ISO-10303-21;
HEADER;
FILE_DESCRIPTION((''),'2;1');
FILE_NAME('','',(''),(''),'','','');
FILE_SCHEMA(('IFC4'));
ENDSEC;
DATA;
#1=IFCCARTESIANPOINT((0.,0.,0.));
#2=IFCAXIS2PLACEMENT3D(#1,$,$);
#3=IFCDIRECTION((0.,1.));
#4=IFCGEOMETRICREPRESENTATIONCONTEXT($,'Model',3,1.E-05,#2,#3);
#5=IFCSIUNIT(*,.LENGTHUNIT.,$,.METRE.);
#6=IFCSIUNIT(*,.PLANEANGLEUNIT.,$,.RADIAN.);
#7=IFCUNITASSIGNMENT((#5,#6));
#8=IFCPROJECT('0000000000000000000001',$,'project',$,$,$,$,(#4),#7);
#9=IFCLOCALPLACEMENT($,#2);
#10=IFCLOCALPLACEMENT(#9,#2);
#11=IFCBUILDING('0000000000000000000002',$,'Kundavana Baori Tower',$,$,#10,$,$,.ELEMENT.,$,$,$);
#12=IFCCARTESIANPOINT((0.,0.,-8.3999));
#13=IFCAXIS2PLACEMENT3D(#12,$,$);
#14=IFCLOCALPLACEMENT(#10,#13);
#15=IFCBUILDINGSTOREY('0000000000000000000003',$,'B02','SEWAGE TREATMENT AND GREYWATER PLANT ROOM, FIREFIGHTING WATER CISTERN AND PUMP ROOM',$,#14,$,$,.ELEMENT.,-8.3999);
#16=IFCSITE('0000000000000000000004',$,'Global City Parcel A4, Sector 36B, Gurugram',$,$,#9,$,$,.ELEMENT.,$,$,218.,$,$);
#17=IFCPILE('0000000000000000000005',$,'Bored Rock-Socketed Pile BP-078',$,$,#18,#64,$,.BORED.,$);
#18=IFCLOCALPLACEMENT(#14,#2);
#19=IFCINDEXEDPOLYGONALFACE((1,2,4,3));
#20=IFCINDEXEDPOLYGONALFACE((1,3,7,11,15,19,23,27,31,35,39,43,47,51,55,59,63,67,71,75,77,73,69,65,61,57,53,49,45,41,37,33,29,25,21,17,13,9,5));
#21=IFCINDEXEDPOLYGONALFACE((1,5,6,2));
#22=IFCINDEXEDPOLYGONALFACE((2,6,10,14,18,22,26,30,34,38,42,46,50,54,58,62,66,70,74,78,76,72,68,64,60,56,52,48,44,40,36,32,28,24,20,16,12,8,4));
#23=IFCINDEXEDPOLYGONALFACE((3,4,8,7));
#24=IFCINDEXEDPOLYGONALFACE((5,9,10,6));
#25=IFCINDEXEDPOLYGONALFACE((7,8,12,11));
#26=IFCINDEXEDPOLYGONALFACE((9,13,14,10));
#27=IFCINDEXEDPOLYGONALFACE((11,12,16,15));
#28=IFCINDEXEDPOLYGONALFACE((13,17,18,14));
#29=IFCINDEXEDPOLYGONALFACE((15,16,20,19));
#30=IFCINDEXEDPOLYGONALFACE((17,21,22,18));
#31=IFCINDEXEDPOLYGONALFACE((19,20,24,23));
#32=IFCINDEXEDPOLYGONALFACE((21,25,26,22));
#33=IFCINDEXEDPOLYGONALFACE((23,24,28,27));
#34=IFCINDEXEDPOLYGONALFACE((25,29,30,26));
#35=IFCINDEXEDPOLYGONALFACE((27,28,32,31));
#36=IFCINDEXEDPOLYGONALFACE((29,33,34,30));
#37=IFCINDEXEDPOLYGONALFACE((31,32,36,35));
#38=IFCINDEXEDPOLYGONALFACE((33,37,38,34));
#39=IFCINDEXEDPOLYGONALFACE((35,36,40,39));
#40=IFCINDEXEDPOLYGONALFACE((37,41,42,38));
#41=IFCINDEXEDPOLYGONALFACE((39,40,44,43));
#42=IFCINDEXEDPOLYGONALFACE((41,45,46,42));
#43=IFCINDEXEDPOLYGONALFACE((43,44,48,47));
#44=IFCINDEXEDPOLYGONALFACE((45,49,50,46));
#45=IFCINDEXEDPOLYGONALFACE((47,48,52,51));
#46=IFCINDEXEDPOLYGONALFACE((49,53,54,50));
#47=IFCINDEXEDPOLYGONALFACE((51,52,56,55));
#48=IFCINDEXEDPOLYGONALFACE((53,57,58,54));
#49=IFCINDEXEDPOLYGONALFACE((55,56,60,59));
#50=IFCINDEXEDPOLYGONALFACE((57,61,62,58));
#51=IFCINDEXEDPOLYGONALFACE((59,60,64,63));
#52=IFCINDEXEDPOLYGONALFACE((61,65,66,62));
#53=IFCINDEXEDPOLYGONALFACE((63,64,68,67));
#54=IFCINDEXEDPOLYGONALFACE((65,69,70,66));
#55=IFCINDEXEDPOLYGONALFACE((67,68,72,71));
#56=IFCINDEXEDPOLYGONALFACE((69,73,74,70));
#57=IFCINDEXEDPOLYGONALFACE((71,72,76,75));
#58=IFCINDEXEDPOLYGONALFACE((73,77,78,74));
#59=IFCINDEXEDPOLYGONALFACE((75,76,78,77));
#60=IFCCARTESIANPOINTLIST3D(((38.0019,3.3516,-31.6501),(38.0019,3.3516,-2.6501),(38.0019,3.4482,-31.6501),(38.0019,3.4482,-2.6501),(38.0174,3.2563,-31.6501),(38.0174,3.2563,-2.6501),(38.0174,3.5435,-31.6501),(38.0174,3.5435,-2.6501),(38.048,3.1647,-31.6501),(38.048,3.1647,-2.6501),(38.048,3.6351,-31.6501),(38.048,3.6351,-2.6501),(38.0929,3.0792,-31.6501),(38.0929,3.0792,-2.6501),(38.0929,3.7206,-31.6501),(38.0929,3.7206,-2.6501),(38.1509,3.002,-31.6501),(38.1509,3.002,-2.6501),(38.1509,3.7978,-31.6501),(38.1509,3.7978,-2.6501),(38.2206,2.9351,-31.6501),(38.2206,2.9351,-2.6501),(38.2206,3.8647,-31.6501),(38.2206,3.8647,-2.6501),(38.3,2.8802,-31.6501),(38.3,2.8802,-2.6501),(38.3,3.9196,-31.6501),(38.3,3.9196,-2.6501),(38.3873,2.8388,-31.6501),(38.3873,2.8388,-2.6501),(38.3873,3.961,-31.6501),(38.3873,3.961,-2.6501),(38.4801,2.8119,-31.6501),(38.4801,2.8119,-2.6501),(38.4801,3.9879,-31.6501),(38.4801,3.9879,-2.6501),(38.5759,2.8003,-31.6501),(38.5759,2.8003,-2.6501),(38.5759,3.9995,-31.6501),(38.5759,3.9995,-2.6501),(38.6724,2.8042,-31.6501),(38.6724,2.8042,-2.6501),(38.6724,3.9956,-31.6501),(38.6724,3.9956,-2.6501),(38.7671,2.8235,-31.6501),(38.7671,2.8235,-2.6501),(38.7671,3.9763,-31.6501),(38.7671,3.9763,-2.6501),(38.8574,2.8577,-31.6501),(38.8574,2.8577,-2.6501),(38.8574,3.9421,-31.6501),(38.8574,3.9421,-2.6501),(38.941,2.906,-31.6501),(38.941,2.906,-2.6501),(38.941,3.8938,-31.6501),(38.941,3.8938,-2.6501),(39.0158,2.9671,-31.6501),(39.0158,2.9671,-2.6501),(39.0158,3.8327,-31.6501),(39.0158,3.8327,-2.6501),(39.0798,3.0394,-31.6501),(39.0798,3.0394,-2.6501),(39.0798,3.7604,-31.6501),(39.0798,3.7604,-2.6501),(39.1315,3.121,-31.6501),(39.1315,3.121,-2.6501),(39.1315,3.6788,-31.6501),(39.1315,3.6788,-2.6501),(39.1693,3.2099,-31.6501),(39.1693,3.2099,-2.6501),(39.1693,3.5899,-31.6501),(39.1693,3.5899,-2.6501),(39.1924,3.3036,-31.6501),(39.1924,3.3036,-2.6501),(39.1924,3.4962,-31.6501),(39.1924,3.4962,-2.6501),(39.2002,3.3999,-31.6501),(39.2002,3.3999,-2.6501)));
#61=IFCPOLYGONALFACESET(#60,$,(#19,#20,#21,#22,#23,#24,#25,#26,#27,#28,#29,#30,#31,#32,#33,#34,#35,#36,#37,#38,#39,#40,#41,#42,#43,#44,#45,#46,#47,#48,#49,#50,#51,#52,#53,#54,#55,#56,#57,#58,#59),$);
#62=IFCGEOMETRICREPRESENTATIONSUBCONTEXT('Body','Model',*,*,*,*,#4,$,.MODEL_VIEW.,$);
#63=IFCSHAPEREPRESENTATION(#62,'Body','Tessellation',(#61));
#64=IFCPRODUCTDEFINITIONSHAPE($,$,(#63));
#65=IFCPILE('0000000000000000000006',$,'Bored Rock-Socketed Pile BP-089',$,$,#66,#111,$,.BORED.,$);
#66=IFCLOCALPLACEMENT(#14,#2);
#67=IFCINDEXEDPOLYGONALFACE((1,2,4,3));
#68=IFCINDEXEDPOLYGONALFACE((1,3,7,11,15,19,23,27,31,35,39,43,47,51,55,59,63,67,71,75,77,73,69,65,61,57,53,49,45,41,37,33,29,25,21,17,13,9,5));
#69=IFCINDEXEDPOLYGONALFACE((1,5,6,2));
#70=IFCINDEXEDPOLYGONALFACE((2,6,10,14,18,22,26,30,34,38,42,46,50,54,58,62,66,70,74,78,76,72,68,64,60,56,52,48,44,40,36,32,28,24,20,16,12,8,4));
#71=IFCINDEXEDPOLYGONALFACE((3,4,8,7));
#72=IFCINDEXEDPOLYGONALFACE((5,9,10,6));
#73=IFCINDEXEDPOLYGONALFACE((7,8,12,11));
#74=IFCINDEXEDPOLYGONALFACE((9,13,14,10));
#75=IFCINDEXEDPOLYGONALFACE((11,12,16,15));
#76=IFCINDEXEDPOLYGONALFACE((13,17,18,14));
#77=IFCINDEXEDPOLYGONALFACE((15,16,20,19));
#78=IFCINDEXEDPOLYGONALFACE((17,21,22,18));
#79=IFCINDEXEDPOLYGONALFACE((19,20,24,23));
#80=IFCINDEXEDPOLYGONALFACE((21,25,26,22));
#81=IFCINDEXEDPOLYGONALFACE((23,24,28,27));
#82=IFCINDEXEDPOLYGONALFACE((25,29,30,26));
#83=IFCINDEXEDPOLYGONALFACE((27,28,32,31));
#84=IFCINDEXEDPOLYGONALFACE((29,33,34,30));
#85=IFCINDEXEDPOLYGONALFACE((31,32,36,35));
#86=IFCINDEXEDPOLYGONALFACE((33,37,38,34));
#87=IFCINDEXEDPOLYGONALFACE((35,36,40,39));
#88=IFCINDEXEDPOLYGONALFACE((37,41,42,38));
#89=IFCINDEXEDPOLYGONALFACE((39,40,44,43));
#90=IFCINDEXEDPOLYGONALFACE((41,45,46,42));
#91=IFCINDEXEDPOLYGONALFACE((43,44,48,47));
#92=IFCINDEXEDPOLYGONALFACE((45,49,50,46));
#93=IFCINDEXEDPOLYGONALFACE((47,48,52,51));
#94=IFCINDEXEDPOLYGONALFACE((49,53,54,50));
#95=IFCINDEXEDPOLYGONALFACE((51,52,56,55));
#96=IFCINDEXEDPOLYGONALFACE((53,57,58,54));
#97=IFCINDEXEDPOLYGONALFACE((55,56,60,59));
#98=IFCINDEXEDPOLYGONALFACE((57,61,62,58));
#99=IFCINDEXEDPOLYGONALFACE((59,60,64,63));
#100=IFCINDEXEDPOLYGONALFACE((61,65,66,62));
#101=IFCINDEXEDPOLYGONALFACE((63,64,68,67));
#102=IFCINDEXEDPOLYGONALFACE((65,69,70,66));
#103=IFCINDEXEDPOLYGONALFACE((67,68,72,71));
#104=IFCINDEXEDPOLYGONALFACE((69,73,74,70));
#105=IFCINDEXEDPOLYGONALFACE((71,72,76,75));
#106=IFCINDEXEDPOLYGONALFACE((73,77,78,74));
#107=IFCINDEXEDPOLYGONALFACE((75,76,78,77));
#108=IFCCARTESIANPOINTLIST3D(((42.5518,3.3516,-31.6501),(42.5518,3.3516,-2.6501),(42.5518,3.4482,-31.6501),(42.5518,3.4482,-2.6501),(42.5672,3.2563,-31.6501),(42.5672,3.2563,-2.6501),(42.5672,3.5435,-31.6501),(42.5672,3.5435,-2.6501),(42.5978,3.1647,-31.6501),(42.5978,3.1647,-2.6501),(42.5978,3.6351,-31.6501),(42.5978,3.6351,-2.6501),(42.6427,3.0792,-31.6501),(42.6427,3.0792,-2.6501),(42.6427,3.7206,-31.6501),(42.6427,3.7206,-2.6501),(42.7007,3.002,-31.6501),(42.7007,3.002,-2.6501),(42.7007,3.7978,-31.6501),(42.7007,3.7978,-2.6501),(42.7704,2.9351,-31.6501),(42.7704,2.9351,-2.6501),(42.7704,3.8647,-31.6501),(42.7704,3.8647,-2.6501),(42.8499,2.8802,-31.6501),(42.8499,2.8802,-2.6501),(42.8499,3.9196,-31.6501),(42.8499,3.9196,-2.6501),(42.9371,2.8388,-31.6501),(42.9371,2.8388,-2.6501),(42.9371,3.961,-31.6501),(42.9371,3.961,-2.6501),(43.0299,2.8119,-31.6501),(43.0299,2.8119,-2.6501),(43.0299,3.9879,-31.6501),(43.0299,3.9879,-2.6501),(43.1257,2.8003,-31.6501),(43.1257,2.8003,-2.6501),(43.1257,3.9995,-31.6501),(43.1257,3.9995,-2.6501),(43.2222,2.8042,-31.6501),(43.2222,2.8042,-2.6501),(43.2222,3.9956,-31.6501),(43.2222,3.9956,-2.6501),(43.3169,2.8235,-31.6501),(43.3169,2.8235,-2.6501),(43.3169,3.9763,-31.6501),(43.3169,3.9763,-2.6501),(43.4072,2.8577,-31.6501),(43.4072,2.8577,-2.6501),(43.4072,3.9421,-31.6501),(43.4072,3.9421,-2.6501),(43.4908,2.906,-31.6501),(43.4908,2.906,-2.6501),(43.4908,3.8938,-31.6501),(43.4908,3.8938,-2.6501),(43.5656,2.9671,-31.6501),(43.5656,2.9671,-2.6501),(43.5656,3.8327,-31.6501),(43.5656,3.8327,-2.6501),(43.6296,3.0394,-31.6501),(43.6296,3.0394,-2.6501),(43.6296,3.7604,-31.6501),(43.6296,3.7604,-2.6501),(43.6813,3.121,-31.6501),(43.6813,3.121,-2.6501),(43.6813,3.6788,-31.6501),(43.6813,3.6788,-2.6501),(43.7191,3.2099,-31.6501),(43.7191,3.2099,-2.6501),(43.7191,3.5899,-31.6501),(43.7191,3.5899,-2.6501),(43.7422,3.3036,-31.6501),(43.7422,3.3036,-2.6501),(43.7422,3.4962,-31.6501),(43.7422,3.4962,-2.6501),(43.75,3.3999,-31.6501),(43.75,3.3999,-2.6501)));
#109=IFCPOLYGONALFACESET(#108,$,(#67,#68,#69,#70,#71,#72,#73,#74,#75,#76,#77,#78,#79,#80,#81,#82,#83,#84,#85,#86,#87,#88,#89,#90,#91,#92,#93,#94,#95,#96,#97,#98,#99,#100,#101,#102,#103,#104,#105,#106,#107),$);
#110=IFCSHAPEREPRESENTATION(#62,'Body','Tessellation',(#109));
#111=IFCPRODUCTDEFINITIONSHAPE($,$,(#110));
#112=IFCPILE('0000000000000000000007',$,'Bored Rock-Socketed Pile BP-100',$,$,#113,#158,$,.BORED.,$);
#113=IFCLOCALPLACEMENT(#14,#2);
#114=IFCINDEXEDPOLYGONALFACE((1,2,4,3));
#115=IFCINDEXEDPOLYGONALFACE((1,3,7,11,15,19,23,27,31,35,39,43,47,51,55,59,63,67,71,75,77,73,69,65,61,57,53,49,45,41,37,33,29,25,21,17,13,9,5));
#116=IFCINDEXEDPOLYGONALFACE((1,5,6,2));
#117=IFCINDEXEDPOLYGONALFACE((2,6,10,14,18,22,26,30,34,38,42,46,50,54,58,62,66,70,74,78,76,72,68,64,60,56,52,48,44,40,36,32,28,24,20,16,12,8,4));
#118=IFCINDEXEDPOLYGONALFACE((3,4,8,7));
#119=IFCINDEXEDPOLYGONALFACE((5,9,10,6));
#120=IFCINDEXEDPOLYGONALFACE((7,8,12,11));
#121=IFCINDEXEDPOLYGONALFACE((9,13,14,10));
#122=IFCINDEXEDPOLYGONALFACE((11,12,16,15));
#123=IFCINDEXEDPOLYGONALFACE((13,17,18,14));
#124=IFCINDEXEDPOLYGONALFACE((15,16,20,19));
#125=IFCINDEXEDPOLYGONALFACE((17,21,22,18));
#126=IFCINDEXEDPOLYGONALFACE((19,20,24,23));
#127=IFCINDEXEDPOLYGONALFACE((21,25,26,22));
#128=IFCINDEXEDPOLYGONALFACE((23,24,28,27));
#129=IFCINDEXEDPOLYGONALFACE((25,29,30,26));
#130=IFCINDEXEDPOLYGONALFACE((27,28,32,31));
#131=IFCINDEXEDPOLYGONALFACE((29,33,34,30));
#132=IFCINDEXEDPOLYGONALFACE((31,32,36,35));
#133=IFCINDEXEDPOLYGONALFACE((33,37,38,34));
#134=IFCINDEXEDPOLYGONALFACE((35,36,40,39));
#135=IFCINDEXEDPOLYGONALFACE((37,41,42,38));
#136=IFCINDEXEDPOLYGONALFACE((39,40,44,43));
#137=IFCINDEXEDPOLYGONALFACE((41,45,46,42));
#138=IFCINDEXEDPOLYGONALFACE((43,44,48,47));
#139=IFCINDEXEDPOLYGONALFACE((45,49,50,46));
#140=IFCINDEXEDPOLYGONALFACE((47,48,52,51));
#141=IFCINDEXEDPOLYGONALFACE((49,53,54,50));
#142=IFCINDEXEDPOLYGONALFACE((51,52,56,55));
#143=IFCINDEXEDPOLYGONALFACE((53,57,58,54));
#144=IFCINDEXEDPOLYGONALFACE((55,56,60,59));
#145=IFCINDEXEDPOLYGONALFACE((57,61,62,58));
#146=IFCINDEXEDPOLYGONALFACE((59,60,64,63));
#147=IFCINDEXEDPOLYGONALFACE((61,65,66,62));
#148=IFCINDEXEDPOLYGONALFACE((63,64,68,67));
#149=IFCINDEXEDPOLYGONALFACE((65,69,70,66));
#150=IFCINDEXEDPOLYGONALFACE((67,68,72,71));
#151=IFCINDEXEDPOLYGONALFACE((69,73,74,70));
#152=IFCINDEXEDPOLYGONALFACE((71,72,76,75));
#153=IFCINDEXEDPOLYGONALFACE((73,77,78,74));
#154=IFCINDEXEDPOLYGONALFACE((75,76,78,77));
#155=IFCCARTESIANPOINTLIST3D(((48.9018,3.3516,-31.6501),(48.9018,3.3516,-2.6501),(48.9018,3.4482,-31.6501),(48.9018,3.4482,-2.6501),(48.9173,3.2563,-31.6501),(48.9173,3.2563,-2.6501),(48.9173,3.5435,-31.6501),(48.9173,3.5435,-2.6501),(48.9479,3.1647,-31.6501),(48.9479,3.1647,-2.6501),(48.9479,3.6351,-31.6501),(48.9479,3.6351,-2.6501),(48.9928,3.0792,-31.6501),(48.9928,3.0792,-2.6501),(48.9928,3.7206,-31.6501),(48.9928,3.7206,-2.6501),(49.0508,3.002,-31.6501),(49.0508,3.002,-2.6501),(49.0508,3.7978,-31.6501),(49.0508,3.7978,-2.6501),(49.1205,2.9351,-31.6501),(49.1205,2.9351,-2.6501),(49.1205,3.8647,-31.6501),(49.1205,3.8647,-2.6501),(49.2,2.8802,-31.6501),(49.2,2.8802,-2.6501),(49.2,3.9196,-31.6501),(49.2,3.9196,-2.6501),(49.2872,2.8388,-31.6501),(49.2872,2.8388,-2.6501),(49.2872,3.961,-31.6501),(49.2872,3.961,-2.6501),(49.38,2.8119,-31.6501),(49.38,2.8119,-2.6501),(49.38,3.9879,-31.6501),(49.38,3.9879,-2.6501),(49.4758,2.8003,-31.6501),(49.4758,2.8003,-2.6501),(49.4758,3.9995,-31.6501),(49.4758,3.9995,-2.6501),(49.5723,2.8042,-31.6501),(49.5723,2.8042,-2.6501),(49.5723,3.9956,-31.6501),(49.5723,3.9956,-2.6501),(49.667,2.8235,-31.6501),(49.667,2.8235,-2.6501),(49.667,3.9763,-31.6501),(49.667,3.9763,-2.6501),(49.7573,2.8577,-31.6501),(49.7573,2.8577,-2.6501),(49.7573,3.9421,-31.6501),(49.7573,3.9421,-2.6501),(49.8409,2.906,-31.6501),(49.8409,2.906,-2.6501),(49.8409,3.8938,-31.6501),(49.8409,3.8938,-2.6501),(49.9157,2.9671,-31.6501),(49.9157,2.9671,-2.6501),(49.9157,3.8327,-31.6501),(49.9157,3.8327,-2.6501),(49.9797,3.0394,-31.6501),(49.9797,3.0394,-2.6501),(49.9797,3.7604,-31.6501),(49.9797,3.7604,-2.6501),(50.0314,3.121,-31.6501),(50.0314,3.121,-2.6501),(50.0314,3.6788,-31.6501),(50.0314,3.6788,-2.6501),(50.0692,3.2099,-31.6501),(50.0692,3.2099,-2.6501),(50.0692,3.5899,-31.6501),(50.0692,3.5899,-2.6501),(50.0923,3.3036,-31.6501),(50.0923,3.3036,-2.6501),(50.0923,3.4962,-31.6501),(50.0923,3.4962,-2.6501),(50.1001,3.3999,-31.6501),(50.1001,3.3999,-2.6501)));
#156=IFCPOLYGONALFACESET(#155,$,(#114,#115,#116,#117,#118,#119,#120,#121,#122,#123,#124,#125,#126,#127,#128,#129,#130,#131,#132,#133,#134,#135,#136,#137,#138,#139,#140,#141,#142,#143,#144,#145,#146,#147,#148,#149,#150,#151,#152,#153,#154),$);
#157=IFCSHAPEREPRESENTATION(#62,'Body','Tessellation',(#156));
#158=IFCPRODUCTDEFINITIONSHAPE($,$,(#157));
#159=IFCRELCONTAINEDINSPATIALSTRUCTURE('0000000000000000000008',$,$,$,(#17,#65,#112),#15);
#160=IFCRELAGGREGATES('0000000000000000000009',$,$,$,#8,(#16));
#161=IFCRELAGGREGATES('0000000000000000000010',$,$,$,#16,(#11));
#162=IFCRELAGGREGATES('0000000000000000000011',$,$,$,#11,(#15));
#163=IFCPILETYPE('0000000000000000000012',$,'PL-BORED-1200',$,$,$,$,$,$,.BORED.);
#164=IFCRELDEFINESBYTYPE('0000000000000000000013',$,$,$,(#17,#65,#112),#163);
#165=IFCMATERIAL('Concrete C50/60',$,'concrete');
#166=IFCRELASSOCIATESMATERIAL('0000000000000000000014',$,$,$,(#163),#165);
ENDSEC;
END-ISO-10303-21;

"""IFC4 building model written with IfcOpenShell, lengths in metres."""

from ifc_helpers import new_model, si_unit, direction, frame, origin, origin_2d, place, context, subcontext, project, spatial, circle, extrude, material, material_profile, profile_set, type_object, element, save


model = new_model("IFC4")

# Units and contexts
model_context = context("Model", 3, precision=1e-05, world=origin(), true_north=direction((0.0, 1.0)))
body_context = subcontext(model_context, "Body", "Model", "MODEL_VIEW")
ifc_project = project(units=[si_unit("LENGTHUNIT", "METRE"), si_unit("PLANEANGLEUNIT", "RADIAN")], contexts=[model_context])

# Site, building, storey
site_placement = place(None, origin())
site = spatial("IfcSite", under=ifc_project, at=site_placement, Name="Global City Parcel A4, Sector 36B, Gurugram", CompositionType="ELEMENT", RefElevation=218.0)
building_placement = place(site_placement, origin())
building = spatial("IfcBuilding", under=site, at=building_placement, Name="Kundavana Baori Tower", CompositionType="ELEMENT")
storey_placement = place(building_placement, frame((0.0, 0.0, -8.3999)))
storey = spatial("IfcBuildingStorey", under=building, at=storey_placement, Name="B02", Description="SEWAGE TREATMENT AND GREYWATER PLANT ROOM, FIREFIGHTING WATER CISTERN AND PUMP ROOM", CompositionType="ELEMENT", Elevation=-8.3999)

# Piles
ifc_material_1 = material(Name="Concrete C50/60", Category="concrete")
ifc_material_profile_1 = material_profile(ifc_material_1, circle(Radius=0.6001, at=origin_2d()), Name="BORED PILE D1200")
ifc_profile_set_1 = profile_set([ifc_material_profile_1], Name="Concrete C50/60")
pile_type_1 = type_object("IfcPileType", Name="PL-BORED-1200", PredefinedType="BORED", material=ifc_profile_set_1)
for number, where, z_axis, x_axis, name in (
    (1, (38.6001, 3.3999, -2.6501), (0.0, 0.0, -1.0), (1.0, 0.0, 0.0), "Bored Rock-Socketed Pile BP-078"),
    (2, (43.1499, 3.3999, -2.6501), (0.0, 0.0, -1.0), (1.0, 0.0, 0.0), "Bored Rock-Socketed Pile BP-089"),
    (3, (49.5, 3.3999, -2.6501), (0.0, 0.0, -1.0), (1.0, 0.0, 0.0), "Bored Rock-Socketed Pile BP-100"),
):
    element("IfcPile", number, at=place(storey_placement, frame(where, z_axis=z_axis, x_axis=x_axis)), inside=storey, type_object=pile_type_1, Name=name, PredefinedType="BORED", context=body_context, shape_type="SweptSolid", body=[
        extrude(circle(Radius=0.6001, at=origin_2d()), origin(), (0.0, 0.0, 1.0), 29.0),
    ])

save(model, "model.ifc")
